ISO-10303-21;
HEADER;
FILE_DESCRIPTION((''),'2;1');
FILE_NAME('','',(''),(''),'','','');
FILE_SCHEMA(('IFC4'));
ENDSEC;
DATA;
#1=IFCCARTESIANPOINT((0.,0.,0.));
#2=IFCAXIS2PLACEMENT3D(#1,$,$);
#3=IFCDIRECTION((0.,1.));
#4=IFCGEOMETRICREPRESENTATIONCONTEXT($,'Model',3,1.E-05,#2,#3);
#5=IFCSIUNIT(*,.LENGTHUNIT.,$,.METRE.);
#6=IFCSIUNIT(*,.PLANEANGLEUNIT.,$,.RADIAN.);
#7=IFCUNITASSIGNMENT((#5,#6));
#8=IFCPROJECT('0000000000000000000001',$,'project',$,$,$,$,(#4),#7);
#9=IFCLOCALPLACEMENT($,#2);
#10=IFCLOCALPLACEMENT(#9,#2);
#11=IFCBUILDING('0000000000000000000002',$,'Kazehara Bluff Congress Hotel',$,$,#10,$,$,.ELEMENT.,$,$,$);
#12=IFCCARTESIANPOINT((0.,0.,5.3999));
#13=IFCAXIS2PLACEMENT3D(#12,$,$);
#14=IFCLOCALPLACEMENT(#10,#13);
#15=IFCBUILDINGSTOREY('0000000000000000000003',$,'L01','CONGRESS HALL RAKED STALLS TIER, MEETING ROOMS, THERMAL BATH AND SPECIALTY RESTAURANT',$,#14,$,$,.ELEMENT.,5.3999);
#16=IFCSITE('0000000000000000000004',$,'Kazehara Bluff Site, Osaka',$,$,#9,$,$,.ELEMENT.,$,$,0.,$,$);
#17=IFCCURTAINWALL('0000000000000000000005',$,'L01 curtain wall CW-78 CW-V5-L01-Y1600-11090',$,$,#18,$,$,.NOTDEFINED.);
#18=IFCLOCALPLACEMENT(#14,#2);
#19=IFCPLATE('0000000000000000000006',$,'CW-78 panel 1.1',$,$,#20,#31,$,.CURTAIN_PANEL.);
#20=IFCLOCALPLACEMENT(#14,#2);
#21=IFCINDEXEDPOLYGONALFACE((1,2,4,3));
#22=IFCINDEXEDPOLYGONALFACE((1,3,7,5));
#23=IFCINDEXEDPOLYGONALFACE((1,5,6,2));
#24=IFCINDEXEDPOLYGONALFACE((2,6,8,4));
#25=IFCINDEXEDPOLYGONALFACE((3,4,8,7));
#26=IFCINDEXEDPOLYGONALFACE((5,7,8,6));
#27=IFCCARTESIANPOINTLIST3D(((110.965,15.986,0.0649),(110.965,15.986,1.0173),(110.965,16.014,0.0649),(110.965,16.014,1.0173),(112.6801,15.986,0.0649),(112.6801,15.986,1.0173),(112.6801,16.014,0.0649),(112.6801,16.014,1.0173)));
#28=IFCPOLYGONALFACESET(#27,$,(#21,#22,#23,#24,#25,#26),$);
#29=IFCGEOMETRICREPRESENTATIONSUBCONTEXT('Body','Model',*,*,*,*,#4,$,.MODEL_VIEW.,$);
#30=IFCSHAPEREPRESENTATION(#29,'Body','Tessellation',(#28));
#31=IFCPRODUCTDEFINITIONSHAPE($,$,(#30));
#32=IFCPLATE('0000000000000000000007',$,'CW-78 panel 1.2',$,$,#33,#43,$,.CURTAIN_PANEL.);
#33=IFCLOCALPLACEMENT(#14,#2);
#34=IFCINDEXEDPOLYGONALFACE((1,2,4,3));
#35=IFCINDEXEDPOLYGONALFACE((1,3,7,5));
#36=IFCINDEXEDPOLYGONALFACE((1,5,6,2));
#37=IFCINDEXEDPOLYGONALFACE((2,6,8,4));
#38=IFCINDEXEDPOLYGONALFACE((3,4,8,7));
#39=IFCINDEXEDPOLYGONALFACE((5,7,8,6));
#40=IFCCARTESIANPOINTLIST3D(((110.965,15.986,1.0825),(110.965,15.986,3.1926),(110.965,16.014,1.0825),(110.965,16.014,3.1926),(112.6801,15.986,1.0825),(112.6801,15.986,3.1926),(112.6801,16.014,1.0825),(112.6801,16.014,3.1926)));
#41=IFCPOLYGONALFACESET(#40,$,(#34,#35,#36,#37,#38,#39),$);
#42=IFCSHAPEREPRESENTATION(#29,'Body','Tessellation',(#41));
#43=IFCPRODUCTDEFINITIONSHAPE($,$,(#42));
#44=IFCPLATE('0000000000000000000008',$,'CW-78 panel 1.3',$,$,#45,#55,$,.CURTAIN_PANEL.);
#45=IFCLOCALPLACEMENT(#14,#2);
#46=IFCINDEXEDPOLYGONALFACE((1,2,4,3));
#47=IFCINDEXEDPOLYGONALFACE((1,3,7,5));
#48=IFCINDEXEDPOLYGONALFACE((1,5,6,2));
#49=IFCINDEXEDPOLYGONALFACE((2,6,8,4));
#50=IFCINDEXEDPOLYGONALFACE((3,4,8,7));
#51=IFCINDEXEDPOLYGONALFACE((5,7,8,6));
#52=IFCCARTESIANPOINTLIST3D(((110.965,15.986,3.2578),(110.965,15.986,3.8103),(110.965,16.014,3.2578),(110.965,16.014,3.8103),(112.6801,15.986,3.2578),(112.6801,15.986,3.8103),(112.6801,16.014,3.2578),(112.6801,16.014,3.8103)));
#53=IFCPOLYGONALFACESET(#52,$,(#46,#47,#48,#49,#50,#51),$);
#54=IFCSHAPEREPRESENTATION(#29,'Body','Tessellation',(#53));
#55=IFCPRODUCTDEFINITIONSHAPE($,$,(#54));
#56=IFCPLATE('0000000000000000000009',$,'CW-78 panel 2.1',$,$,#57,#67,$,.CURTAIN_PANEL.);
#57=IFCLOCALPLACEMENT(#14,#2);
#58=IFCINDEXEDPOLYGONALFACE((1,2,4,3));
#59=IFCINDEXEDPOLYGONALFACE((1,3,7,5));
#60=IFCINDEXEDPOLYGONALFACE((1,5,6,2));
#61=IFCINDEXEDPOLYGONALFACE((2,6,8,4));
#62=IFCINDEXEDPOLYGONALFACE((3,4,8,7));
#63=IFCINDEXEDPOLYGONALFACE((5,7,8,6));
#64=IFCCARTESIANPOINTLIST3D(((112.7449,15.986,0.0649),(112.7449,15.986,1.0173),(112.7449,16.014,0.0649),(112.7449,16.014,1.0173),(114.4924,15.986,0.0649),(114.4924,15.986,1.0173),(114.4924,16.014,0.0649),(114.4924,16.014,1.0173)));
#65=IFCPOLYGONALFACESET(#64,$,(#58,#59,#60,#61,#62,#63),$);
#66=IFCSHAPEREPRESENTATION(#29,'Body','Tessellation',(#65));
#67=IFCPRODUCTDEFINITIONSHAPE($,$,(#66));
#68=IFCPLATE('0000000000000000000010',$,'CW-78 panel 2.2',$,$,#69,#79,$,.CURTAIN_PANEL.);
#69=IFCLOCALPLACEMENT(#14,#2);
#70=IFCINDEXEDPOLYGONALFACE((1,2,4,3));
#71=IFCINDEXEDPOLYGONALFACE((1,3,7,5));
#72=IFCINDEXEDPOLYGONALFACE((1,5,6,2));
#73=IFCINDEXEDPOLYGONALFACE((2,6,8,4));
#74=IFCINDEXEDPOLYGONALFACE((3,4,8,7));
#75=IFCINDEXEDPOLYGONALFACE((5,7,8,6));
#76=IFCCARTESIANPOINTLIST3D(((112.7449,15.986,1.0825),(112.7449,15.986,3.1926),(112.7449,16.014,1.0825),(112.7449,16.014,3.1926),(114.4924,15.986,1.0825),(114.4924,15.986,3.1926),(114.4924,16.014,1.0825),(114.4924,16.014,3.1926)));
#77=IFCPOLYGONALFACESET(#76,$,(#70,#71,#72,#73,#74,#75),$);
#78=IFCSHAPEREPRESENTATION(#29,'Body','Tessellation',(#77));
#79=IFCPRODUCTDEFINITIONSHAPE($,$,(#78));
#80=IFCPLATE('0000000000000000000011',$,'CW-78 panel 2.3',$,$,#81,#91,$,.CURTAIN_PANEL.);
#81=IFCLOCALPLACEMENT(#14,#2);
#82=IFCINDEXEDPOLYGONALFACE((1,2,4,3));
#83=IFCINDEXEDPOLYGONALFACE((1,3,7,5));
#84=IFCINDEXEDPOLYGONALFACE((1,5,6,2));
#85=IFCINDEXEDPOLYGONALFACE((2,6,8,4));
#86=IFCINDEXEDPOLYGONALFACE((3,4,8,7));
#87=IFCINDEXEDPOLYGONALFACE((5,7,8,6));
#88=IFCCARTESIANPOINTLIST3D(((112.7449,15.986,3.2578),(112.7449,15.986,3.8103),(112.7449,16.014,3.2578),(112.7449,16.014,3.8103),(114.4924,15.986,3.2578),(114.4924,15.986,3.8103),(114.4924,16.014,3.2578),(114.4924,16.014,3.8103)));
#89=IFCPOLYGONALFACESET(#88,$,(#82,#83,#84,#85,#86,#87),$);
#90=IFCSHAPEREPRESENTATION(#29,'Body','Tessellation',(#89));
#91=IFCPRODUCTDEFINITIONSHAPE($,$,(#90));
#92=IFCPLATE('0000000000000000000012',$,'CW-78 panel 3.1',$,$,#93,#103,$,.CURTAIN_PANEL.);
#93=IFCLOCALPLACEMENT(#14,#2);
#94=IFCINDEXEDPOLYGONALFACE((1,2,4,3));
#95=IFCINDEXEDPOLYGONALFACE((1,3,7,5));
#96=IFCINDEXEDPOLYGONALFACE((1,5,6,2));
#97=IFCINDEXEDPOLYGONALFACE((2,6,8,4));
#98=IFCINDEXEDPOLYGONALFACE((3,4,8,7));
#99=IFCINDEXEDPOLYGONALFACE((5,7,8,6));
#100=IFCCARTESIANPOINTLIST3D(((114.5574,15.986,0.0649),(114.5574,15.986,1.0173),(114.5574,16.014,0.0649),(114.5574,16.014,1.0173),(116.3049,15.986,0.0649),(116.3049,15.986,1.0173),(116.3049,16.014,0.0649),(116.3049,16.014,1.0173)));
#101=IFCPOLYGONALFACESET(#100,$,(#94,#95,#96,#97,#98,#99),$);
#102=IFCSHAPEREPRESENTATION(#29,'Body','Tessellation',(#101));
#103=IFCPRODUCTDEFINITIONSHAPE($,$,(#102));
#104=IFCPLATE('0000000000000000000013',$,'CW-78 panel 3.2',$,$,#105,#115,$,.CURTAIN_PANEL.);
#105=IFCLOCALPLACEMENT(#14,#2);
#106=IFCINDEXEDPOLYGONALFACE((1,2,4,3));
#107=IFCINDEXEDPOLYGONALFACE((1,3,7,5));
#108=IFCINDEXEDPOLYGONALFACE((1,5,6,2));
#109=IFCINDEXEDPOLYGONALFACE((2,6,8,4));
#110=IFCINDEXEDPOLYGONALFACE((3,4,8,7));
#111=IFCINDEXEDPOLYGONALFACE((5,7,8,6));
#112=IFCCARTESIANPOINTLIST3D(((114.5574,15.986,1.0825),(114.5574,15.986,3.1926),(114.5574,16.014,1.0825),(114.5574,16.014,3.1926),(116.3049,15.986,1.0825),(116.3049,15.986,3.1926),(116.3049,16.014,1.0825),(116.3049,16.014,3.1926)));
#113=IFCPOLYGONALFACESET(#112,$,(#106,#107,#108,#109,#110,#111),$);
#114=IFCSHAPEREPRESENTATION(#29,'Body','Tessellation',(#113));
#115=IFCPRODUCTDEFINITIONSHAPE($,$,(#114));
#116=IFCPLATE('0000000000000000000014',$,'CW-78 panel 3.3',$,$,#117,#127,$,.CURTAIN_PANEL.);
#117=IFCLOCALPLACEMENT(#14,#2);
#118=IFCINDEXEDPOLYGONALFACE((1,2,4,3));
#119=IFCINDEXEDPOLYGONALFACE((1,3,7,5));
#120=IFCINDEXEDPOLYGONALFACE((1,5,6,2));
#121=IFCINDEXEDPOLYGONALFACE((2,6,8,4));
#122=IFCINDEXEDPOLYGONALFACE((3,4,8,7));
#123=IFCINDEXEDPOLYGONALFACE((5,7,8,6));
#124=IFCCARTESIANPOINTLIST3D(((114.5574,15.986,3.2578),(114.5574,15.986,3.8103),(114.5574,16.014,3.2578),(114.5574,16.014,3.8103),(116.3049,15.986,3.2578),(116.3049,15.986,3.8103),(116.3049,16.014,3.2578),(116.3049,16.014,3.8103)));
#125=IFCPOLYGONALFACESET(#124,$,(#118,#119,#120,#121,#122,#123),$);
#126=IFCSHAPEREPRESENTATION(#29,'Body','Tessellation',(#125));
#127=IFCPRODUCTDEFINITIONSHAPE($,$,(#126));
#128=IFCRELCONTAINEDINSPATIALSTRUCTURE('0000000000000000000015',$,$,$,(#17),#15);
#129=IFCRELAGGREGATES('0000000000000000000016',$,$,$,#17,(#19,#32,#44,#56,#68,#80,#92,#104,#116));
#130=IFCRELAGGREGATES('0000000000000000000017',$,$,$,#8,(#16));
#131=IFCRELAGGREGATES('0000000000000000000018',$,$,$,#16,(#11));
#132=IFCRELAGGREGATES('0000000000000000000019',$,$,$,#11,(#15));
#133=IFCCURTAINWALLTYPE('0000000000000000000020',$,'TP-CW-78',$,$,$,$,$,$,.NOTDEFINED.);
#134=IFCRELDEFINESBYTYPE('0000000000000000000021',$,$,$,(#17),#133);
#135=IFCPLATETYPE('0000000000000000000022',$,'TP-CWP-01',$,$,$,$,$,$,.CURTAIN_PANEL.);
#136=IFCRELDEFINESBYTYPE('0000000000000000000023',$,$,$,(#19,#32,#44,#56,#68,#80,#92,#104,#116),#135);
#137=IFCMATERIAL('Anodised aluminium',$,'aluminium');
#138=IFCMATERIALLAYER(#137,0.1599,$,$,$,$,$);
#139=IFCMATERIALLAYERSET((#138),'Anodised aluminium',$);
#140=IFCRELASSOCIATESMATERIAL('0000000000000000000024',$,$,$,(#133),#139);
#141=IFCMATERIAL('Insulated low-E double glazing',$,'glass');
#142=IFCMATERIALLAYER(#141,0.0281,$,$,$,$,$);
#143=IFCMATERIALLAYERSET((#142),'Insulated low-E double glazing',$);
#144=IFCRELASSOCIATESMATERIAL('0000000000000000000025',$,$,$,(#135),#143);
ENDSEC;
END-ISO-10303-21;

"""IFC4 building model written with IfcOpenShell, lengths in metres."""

from ifc_helpers import new_model, si_unit, direction, frame, origin, origin_2d, place, context, subcontext, project, spatial, rectangle, extrude, material, layer, layer_set, type_object, element, aggregate, save


model = new_model("IFC4")

# Units and contexts
model_context = context("Model", 3, precision=1e-05, world=origin(), true_north=direction((0.0, 1.0)))
body_context = subcontext(model_context, "Body", "Model", "MODEL_VIEW")
ifc_project = project(units=[si_unit("LENGTHUNIT", "METRE"), si_unit("PLANEANGLEUNIT", "RADIAN")], contexts=[model_context])

# Site, building, storey
site_placement = place(None, origin())
site = spatial("IfcSite", under=ifc_project, at=site_placement, Name="Kazehara Bluff Site, Osaka", CompositionType="ELEMENT", RefElevation=0.0)
building_placement = place(site_placement, origin())
building = spatial("IfcBuilding", under=site, at=building_placement, Name="Kazehara Bluff Congress Hotel", CompositionType="ELEMENT")
storey_placement = place(building_placement, frame((0.0, 0.0, 5.3999)))
storey = spatial("IfcBuildingStorey", under=building, at=storey_placement, Name="L01", Description="CONGRESS HALL RAKED STALLS TIER, MEETING ROOMS, THERMAL BATH AND SPECIALTY RESTAURANT", CompositionType="ELEMENT", Elevation=5.3999)

# Curtain wall
ifc_material_1 = material(Name="Anodised aluminium", Category="aluminium")
ifc_layer_1 = layer(ifc_material_1, 0.1599)
ifc_layer_set_1 = layer_set([ifc_layer_1], Name="Anodised aluminium")
curtain_wall_type = type_object("IfcCurtainWallType", Name="TP-CW-78", PredefinedType="NOTDEFINED", material=ifc_layer_set_1)
curtain_wall_placement = place(storey_placement, origin())
curtain_wall = element("IfcCurtainWall", 1, at=curtain_wall_placement, inside=storey, type_object=curtain_wall_type, Name="L01 curtain wall CW-78 CW-V5-L01-Y1600-11090", PredefinedType="NOTDEFINED")

# Plates
ifc_material_2 = material(Name="Insulated low-E double glazing", Category="glass")
ifc_layer_2 = layer(ifc_material_2, 0.0281)
ifc_layer_set_2 = layer_set([ifc_layer_2], Name="Insulated low-E double glazing")
plate_type = type_object("IfcPlateType", Name="TP-CWP-01", PredefinedType="CURTAIN_PANEL", material=ifc_layer_set_2)
plate_1_placement = place(storey_placement, frame((111.8225, 16.0, 0.0649), z_axis=(0.0, 0.0, 1.0), x_axis=(1.0, 0.0, 0.0)))
plate_1 = element("IfcPlate", 2, at=plate_1_placement, type_object=plate_type, Name="CW-78 panel 1.1", PredefinedType="CURTAIN_PANEL", context=body_context, shape_type="SweptSolid", body=[
    extrude(rectangle(XDim=1.7151, YDim=0.0281, at=origin_2d()), origin(), (0.0, 0.0, 1.0), 0.9524),
])
plate_2_placement = place(storey_placement, frame((111.8225, 16.0, 1.0825), z_axis=(0.0, 0.0, 1.0), x_axis=(1.0, 0.0, 0.0)))
plate_2 = element("IfcPlate", 3, at=plate_2_placement, type_object=plate_type, Name="CW-78 panel 1.2", PredefinedType="CURTAIN_PANEL", context=body_context, shape_type="SweptSolid", body=[
    extrude(rectangle(XDim=1.7151, YDim=0.0281, at=origin_2d()), origin(), (0.0, 0.0, 1.0), 2.1101),
])
plate_3_placement = place(storey_placement, frame((111.8225, 16.0, 3.2578), z_axis=(0.0, 0.0, 1.0), x_axis=(1.0, 0.0, 0.0)))
plate_3 = element("IfcPlate", 4, at=plate_3_placement, type_object=plate_type, Name="CW-78 panel 1.3", PredefinedType="CURTAIN_PANEL", context=body_context, shape_type="SweptSolid", body=[
    extrude(rectangle(XDim=1.7151, YDim=0.0281, at=origin_2d()), origin(), (0.0, 0.0, 1.0), 0.5525),
])
plate_4_placement = place(storey_placement, frame((113.6187, 16.0, 0.0649), z_axis=(0.0, 0.0, 1.0), x_axis=(1.0, 0.0, 0.0)))
plate_4 = element("IfcPlate", 5, at=plate_4_placement, type_object=plate_type, Name="CW-78 panel 2.1", PredefinedType="CURTAIN_PANEL", context=body_context, shape_type="SweptSolid", body=[
    extrude(rectangle(XDim=1.7476, YDim=0.0281, at=origin_2d()), origin(), (0.0, 0.0, 1.0), 0.9524),
])
plate_5_placement = place(storey_placement, frame((113.6187, 16.0, 1.0825), z_axis=(0.0, 0.0, 1.0), x_axis=(1.0, 0.0, 0.0)))
plate_5 = element("IfcPlate", 6, at=plate_5_placement, type_object=plate_type, Name="CW-78 panel 2.2", PredefinedType="CURTAIN_PANEL", context=body_context, shape_type="SweptSolid", body=[
    extrude(rectangle(XDim=1.7476, YDim=0.0281, at=origin_2d()), origin(), (0.0, 0.0, 1.0), 2.1101),
])
plate_6_placement = place(storey_placement, frame((113.6187, 16.0, 3.2578), z_axis=(0.0, 0.0, 1.0), x_axis=(1.0, 0.0, 0.0)))
plate_6 = element("IfcPlate", 7, at=plate_6_placement, type_object=plate_type, Name="CW-78 panel 2.3", PredefinedType="CURTAIN_PANEL", context=body_context, shape_type="SweptSolid", body=[
    extrude(rectangle(XDim=1.7476, YDim=0.0281, at=origin_2d()), origin(), (0.0, 0.0, 1.0), 0.5525),
])
plate_7_placement = place(storey_placement, frame((115.4312, 16.0, 0.0649), z_axis=(0.0, 0.0, 1.0), x_axis=(1.0, 0.0, 0.0)))
plate_7 = element("IfcPlate", 8, at=plate_7_placement, type_object=plate_type, Name="CW-78 panel 3.1", PredefinedType="CURTAIN_PANEL", context=body_context, shape_type="SweptSolid", body=[
    extrude(rectangle(XDim=1.7476, YDim=0.0281, at=origin_2d()), origin(), (0.0, 0.0, 1.0), 0.9524),
])
plate_8_placement = place(storey_placement, frame((115.4312, 16.0, 1.0825), z_axis=(0.0, 0.0, 1.0), x_axis=(1.0, 0.0, 0.0)))
plate_8 = element("IfcPlate", 9, at=plate_8_placement, type_object=plate_type, Name="CW-78 panel 3.2", PredefinedType="CURTAIN_PANEL", context=body_context, shape_type="SweptSolid", body=[
    extrude(rectangle(XDim=1.7476, YDim=0.0281, at=origin_2d()), origin(), (0.0, 0.0, 1.0), 2.1101),
])
plate_9_placement = place(storey_placement, frame((115.4312, 16.0, 3.2578), z_axis=(0.0, 0.0, 1.0), x_axis=(1.0, 0.0, 0.0)))
plate_9 = element("IfcPlate", 10, at=plate_9_placement, type_object=plate_type, Name="CW-78 panel 3.3", PredefinedType="CURTAIN_PANEL", context=body_context, shape_type="SweptSolid", body=[
    extrude(rectangle(XDim=1.7476, YDim=0.0281, at=origin_2d()), origin(), (0.0, 0.0, 1.0), 0.5525),
])
aggregate(curtain_wall, [plate_1, plate_2, plate_3, plate_4, plate_5, plate_6, plate_7, plate_8, plate_9])

save(model, "model.ifc")
